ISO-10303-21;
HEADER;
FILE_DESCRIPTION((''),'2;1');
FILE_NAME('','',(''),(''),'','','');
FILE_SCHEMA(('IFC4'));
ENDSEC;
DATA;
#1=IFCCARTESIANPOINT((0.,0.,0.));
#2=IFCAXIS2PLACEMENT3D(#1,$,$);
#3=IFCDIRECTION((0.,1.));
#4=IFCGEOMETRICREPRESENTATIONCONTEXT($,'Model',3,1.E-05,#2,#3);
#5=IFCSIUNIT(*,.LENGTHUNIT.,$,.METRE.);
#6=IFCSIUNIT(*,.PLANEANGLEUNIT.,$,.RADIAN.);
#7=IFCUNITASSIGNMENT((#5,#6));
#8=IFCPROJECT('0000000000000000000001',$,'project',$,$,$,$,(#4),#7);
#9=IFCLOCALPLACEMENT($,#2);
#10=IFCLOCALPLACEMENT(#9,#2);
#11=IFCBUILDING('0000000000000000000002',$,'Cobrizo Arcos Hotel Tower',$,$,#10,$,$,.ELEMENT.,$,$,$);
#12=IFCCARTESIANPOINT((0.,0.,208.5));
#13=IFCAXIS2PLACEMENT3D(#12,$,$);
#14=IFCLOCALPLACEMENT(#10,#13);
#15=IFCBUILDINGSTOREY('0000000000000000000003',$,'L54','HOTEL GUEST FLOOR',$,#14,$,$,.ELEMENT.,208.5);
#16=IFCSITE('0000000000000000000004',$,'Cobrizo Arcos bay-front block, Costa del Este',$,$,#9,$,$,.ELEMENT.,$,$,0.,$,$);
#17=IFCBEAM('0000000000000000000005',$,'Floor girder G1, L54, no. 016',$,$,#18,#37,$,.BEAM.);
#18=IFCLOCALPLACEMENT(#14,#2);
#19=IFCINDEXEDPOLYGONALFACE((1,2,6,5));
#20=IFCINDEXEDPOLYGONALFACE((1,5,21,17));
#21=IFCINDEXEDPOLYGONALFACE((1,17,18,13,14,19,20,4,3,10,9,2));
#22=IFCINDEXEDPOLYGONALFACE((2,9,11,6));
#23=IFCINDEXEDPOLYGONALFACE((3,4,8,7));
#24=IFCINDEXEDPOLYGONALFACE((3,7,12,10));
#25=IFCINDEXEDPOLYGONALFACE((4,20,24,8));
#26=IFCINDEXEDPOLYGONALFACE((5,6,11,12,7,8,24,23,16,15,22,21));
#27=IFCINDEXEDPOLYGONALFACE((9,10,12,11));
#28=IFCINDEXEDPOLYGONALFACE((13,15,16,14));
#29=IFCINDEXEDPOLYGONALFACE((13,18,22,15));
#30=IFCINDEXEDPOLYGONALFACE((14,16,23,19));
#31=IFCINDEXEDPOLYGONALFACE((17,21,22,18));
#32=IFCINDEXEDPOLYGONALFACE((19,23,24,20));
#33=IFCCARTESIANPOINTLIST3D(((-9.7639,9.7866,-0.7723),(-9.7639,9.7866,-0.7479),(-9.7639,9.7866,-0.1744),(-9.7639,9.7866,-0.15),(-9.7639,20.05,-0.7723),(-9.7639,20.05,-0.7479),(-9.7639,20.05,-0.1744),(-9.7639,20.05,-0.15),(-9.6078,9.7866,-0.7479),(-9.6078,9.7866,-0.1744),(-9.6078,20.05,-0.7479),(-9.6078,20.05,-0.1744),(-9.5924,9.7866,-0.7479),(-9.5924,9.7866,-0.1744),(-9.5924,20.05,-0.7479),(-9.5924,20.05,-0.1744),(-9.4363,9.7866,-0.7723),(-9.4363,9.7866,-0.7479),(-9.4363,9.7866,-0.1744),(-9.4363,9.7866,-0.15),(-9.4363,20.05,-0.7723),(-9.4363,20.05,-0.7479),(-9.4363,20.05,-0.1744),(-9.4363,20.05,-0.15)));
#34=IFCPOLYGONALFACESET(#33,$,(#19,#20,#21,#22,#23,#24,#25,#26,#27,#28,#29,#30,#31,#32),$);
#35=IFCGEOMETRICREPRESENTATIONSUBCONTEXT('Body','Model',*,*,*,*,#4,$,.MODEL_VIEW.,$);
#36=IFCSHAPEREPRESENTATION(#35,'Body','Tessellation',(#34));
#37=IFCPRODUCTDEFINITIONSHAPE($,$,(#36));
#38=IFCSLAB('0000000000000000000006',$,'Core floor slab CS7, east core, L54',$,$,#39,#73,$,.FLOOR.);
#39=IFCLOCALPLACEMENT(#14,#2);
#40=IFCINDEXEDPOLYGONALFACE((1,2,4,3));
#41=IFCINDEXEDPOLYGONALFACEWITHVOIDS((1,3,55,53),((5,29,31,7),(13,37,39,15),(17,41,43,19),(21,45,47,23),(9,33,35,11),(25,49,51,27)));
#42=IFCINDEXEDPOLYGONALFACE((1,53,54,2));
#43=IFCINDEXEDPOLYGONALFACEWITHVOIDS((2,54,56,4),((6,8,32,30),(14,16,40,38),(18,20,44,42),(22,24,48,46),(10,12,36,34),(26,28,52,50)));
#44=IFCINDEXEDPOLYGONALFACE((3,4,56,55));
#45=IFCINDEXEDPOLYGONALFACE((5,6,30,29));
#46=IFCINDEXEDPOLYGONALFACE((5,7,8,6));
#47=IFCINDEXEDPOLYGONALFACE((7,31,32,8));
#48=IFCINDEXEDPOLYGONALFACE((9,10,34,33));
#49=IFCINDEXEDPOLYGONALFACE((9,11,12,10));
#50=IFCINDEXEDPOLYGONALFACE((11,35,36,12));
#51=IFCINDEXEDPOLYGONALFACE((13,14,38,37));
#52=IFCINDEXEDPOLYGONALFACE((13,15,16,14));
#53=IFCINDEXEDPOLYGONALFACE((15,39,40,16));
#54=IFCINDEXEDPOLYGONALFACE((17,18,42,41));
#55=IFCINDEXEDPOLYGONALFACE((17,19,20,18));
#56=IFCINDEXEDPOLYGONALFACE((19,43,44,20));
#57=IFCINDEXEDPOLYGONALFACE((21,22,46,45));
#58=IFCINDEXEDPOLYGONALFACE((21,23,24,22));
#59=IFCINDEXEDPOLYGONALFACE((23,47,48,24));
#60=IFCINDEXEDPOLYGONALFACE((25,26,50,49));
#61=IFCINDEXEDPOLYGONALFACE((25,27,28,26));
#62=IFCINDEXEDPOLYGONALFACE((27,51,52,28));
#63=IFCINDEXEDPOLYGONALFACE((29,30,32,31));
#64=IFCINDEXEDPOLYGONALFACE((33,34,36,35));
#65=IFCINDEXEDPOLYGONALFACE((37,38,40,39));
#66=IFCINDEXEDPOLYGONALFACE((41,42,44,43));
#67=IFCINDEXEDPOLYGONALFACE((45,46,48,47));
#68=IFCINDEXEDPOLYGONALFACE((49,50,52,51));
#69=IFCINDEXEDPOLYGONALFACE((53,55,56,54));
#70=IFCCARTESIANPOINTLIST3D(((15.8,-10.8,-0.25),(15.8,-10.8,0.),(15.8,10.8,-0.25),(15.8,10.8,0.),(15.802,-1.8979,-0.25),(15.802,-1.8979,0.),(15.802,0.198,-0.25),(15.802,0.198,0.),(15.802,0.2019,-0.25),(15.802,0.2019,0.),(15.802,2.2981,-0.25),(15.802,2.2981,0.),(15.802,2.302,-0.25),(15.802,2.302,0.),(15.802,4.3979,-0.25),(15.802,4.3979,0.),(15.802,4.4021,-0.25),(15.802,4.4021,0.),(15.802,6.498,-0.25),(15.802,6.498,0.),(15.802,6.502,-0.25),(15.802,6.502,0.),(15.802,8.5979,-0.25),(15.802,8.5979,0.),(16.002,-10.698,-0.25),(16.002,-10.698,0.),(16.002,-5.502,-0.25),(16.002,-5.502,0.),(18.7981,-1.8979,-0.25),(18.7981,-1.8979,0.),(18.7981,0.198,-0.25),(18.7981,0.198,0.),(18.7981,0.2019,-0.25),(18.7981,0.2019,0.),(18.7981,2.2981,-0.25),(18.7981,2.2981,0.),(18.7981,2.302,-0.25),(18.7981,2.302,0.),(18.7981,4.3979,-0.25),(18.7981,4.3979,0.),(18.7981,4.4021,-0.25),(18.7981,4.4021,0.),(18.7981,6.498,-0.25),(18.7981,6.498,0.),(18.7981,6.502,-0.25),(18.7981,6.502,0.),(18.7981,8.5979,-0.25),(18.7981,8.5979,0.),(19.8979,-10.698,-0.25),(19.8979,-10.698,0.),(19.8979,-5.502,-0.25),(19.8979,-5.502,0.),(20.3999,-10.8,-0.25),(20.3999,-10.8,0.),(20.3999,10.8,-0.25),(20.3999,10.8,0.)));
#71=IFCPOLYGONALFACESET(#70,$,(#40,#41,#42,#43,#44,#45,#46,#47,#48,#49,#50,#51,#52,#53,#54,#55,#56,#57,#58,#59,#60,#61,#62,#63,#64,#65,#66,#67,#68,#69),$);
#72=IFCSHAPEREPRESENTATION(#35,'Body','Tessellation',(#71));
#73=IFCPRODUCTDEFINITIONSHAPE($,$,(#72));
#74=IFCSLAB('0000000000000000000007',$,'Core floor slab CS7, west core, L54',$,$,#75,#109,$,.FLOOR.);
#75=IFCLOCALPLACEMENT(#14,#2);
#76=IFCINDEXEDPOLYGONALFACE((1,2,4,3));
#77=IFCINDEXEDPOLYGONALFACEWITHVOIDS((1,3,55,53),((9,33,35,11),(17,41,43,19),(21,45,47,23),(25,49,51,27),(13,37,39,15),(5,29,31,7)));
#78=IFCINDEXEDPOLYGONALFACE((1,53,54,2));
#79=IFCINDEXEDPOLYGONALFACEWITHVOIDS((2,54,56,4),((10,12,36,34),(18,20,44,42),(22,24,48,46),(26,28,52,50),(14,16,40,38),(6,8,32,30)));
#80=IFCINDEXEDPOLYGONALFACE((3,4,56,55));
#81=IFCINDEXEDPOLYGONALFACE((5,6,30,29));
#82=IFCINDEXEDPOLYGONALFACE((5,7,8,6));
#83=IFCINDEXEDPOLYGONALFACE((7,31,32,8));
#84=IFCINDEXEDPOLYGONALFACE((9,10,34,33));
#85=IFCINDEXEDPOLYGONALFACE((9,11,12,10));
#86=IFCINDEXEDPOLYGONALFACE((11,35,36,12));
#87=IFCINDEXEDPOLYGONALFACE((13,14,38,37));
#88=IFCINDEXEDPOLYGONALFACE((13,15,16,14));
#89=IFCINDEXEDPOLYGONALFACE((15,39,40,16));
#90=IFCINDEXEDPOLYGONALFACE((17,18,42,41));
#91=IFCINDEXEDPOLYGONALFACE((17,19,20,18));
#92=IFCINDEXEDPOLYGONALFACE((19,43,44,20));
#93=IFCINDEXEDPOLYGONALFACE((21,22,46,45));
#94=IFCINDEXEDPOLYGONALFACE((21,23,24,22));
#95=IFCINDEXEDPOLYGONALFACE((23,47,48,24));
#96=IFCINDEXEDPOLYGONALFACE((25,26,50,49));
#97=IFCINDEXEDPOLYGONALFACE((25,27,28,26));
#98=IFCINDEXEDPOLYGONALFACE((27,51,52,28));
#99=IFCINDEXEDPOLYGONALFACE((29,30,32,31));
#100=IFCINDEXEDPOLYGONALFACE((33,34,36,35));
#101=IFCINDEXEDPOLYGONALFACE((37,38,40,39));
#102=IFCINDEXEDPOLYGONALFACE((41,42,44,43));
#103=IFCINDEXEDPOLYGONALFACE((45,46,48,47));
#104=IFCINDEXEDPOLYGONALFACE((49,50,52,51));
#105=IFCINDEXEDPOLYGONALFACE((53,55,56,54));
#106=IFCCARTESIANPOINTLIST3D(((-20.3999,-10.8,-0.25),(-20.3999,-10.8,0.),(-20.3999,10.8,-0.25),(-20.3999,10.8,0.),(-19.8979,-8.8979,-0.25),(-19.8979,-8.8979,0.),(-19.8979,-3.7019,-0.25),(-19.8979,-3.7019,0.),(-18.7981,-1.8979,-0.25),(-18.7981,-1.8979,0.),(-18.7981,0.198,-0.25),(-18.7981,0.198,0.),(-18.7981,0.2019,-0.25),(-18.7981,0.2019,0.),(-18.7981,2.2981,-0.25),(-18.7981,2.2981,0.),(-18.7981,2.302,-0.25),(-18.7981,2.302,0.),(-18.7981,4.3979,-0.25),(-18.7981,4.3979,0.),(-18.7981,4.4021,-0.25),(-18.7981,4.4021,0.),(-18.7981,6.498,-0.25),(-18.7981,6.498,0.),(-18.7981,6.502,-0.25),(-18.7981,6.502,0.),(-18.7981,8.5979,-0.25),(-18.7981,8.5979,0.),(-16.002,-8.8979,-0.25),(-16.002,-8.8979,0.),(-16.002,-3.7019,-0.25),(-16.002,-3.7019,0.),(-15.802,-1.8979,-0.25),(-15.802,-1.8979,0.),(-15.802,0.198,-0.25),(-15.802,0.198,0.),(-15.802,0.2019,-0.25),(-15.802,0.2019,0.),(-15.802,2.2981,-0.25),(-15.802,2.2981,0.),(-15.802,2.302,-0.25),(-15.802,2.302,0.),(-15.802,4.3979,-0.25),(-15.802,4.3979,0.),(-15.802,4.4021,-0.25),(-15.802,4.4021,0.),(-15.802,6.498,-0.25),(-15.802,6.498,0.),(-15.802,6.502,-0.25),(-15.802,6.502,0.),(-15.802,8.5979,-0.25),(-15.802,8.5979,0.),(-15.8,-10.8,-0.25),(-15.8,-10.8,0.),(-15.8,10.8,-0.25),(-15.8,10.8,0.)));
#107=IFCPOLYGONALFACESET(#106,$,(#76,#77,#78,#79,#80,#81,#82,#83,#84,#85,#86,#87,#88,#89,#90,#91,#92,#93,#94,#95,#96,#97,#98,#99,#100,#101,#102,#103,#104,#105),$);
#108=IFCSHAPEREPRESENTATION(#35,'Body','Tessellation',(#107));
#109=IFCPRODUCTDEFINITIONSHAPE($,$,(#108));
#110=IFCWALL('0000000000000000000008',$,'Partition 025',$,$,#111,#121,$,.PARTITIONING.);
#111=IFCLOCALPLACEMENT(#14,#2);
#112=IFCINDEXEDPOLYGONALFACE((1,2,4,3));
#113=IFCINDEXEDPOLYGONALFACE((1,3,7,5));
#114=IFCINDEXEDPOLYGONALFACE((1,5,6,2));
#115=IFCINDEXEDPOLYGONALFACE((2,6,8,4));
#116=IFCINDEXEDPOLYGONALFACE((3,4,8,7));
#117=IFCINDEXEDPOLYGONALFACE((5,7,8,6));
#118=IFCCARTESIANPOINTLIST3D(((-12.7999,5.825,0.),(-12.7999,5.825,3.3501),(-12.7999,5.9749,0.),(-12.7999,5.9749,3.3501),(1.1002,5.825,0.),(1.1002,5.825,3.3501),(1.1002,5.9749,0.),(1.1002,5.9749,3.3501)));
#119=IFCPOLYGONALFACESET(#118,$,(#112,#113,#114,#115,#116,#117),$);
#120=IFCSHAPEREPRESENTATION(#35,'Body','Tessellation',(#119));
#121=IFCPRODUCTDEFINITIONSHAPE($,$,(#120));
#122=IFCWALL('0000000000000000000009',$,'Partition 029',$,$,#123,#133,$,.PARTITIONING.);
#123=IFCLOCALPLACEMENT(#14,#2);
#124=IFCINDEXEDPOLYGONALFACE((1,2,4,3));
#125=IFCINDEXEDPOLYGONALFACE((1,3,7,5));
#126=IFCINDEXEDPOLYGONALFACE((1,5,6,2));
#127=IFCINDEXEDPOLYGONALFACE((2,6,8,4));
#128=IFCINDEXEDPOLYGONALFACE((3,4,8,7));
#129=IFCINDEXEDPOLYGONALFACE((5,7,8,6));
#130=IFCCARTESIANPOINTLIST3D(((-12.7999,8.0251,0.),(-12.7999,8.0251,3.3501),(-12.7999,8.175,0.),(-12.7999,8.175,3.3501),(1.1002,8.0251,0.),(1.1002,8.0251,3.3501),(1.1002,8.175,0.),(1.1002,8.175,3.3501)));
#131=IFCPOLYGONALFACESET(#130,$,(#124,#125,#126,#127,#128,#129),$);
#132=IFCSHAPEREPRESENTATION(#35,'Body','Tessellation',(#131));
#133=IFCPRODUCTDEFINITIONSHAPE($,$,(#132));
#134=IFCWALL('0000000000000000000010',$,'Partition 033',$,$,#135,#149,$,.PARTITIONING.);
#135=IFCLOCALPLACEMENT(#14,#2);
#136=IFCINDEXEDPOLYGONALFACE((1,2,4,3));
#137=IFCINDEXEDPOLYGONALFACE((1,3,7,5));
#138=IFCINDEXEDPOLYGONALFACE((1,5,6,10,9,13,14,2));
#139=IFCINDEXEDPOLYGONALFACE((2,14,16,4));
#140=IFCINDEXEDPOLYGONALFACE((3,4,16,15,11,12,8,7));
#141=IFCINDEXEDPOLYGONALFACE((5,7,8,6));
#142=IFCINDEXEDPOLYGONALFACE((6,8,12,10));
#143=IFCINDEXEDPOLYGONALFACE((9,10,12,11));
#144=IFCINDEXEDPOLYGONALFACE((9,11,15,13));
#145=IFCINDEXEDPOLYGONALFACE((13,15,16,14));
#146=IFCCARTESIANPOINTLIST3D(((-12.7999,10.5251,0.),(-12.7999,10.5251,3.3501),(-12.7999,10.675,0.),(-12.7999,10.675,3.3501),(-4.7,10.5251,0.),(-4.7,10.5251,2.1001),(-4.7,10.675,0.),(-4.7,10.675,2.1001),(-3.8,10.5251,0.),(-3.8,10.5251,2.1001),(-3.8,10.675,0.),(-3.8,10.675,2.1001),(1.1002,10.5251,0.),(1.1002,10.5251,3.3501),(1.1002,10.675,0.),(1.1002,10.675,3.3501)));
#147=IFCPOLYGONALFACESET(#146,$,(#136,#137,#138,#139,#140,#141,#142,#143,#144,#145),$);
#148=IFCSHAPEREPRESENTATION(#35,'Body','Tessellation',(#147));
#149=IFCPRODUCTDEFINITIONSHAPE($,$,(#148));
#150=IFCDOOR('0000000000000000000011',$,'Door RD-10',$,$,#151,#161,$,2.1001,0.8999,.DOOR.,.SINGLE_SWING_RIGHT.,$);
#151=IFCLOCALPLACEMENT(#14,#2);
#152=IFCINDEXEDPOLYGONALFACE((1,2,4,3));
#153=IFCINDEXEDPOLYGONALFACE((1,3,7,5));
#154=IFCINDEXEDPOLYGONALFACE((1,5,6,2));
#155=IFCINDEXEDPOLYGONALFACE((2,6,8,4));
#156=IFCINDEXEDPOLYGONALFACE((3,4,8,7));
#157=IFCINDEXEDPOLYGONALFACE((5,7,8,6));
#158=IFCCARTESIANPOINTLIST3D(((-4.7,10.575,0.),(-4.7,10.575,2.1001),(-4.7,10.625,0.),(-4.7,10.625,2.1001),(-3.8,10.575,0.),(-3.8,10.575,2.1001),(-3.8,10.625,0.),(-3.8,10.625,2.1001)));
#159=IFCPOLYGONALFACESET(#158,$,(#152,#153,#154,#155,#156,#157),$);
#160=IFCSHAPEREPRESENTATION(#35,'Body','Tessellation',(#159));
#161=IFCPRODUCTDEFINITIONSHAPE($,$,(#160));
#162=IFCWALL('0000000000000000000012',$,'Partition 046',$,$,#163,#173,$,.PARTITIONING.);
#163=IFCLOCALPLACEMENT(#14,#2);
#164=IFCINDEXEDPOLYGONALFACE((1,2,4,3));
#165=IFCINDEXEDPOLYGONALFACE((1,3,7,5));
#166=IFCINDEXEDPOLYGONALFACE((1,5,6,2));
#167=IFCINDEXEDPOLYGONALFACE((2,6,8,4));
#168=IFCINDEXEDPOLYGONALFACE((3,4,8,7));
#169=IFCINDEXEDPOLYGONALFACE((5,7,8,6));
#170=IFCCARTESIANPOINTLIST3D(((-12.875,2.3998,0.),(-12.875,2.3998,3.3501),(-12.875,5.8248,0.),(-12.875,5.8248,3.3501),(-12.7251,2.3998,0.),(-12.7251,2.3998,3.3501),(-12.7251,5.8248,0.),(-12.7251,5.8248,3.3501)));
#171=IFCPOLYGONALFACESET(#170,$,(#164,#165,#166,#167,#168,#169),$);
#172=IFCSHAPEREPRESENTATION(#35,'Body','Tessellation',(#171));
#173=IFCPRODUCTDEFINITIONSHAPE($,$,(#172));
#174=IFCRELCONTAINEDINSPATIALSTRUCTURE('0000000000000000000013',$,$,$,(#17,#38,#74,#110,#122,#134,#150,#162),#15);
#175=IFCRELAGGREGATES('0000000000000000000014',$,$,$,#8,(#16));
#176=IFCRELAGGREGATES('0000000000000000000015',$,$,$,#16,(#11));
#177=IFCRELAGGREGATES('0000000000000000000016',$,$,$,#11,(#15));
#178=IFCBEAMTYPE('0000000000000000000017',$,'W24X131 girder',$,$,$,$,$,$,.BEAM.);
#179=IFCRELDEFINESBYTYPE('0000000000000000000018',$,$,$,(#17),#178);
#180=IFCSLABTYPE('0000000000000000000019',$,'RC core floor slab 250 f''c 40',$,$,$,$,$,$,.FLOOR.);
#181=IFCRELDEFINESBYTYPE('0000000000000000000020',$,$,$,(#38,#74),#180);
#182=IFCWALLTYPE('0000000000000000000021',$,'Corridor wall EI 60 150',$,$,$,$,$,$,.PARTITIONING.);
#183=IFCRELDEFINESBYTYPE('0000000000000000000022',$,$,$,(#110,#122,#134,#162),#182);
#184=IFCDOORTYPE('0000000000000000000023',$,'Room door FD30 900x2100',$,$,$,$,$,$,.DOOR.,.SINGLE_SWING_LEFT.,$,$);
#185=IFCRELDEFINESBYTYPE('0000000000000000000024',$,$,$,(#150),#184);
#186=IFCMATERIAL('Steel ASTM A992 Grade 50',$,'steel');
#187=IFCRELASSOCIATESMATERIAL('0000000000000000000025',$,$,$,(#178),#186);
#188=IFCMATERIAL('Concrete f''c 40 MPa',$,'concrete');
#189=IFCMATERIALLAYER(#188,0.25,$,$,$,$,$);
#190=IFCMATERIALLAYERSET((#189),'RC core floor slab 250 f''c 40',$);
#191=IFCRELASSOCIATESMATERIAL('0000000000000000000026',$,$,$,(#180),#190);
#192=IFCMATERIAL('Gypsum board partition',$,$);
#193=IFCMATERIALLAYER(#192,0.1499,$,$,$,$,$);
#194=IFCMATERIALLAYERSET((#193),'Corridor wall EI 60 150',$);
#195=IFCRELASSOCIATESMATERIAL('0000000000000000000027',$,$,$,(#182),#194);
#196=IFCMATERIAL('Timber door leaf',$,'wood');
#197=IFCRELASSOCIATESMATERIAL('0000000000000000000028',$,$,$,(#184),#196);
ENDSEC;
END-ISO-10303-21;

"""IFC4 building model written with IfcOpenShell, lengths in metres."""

from ifc_helpers import new_model, si_unit, direction, frame, frame_2d, origin, origin_2d, place, context, subcontext, project, spatial, polyline, rectangle, i_section, outline, extrude, material, layer, layer_set, material_profile, profile_set, type_object, element, fill, save


model = new_model("IFC4")

# Units and contexts
model_context = context("Model", 3, precision=1e-05, world=origin(), true_north=direction((0.0, 1.0)))
body_context = subcontext(model_context, "Body", "Model", "MODEL_VIEW")
ifc_project = project(units=[si_unit("LENGTHUNIT", "METRE"), si_unit("PLANEANGLEUNIT", "RADIAN")], contexts=[model_context])

# Site, building, storey
site_placement = place(None, origin())
site = spatial("IfcSite", under=ifc_project, at=site_placement, Name="Cobrizo Arcos bay-front block, Costa del Este", CompositionType="ELEMENT", RefElevation=0.0)
building_placement = place(site_placement, origin())
building = spatial("IfcBuilding", under=site, at=building_placement, Name="Cobrizo Arcos Hotel Tower", CompositionType="ELEMENT")
storey_placement = place(building_placement, frame((0.0, 0.0, 208.5)))
storey = spatial("IfcBuildingStorey", under=building, at=storey_placement, Name="L54", Description="HOTEL GUEST FLOOR", CompositionType="ELEMENT", Elevation=208.5)

# Shared definitions
ifc_material_1 = material(Name="Steel ASTM A992 Grade 50", Category="steel")

# Beam
ifc_material_profile_1 = material_profile(ifc_material_1, i_section(OverallWidth=0.3276, OverallDepth=0.6223, WebThickness=0.0154, FlangeThickness=0.0244, at=origin_2d()), Name="W24X131")
ifc_profile_set_1 = profile_set([ifc_material_profile_1], Name="Steel ASTM A992 Grade 50")
beam_type_1 = type_object("IfcBeamType", Name="W24X131 girder", PredefinedType="BEAM", material=ifc_profile_set_1)
beam_1_placement = place(storey_placement, frame((-9.6001, 9.7866, -0.4612), z_axis=(0.0, 1.0, 0.0), x_axis=(-1.0, 0.0, 0.0)))
element("IfcBeam", 1, at=beam_1_placement, inside=storey, type_object=beam_type_1, Name="Floor girder G1, L54, no. 016", PredefinedType="BEAM", context=body_context, shape_type="SweptSolid", body=[
    extrude(i_section(OverallWidth=0.3276, OverallDepth=0.6223, WebThickness=0.0154, FlangeThickness=0.0244, at=origin_2d()), origin(), (0.0, 0.0, 1.0), 10.2634),
])

# Slabs
ifc_material_2 = material(Name="Concrete f'c 40 MPa", Category="concrete")
ifc_layer_1 = layer(ifc_material_2, 0.25)
ifc_layer_set_1 = layer_set([ifc_layer_1], Name="RC core floor slab 250 f'c 40")
slab_type_1 = type_object("IfcSlabType", Name="RC core floor slab 250 f'c 40", PredefinedType="FLOOR", material=ifc_layer_set_1)
slab_1_placement = place(storey_placement, frame((0.0, 0.0, -0.25)))
element("IfcSlab", 2, at=slab_1_placement, inside=storey, type_object=slab_type_1, Name="Core floor slab CS7, east core, L54", PredefinedType="FLOOR", context=body_context, shape_type="SweptSolid", body=[
    extrude(outline(polyline([(15.8, 10.8), (20.3999, 10.8), (20.3999, -10.8), (15.8, -10.8), (15.8, 10.8)]), holes=[polyline([(19.8979, -10.698), (19.8979, -5.502), (16.002, -5.502), (16.002, -10.698), (19.8979, -10.698)]), polyline([(15.802, 0.198), (15.802, -1.8979), (18.7981, -1.8979), (18.7981, 0.198), (15.802, 0.198)]), polyline([(15.802, 2.2981), (15.802, 0.2019), (18.7981, 0.2019), (18.7981, 2.2981), (15.802, 2.2981)]), polyline([(15.802, 4.3979), (15.802, 2.302), (18.7981, 2.302), (18.7981, 4.3979), (15.802, 4.3979)]), polyline([(18.7981, 6.498), (15.802, 6.498), (15.802, 4.4021), (18.7981, 4.4021), (18.7981, 6.498)]), polyline([(18.7981, 8.5979), (15.802, 8.5979), (15.802, 6.502), (18.7981, 6.502), (18.7981, 8.5979)])]), origin(), (0.0, 0.0, 1.0), 0.25),
])
slab_2_placement = place(storey_placement, frame((0.0, 0.0, -0.25)))
element("IfcSlab", 3, at=slab_2_placement, inside=storey, type_object=slab_type_1, Name="Core floor slab CS7, west core, L54", PredefinedType="FLOOR", context=body_context, shape_type="SweptSolid", body=[
    extrude(outline(polyline([(-20.3999, 10.8), (-15.8, 10.8), (-15.8, -10.8), (-20.3999, -10.8), (-20.3999, 10.8)]), holes=[polyline([(-19.8979, -3.7019), (-19.8979, -8.8979), (-16.002, -8.8979), (-16.002, -3.7019), (-19.8979, -3.7019)]), polyline([(-18.7981, 0.198), (-18.7981, -1.8979), (-15.802, -1.8979), (-15.802, 0.198), (-18.7981, 0.198)]), polyline([(-18.7981, 2.2981), (-18.7981, 0.2019), (-15.802, 0.2019), (-15.802, 2.2981), (-18.7981, 2.2981)]), polyline([(-18.7981, 4.3979), (-18.7981, 2.302), (-15.802, 2.302), (-15.802, 4.3979), (-18.7981, 4.3979)]), polyline([(-15.802, 6.498), (-18.7981, 6.498), (-18.7981, 4.4021), (-15.802, 4.4021), (-15.802, 6.498)]), polyline([(-15.802, 8.5979), (-18.7981, 8.5979), (-18.7981, 6.502), (-15.802, 6.502), (-15.802, 8.5979)])]), origin(), (0.0, 0.0, 1.0), 0.25),
])

# Walls
ifc_material_3 = material(Name="Gypsum board partition")
ifc_layer_2 = layer(ifc_material_3, 0.1499)
ifc_layer_set_2 = layer_set([ifc_layer_2], Name="Corridor wall EI 60 150")
wall_type_1 = type_object("IfcWallType", Name="Corridor wall EI 60 150", PredefinedType="PARTITIONING", material=ifc_layer_set_2)
for number, where, z_axis, x_axis, name in (
    (4, (-12.8, 5.8999, 0.0), (0.0, 0.0, 1.0), (1.0, 0.0, 0.0), "Partition 025"),
    (5, (-12.8, 8.1001, 0.0), (0.0, 0.0, 1.0), (1.0, 0.0, 0.0), "Partition 029"),
):
    element("IfcWall", number, at=place(storey_placement, frame(where, z_axis=z_axis, x_axis=x_axis)), inside=storey, type_object=wall_type_1, Name=name, PredefinedType="PARTITIONING", context=body_context, shape_type="SweptSolid", body=[
        extrude(rectangle(XDim=13.9001, YDim=0.1499, at=frame_2d((6.9502, 0.0))), origin(), (0.0, 0.0, 1.0), 3.3501),
    ])

# Wall, opening, door
wall_1_placement = place(storey_placement, frame((-12.8, 10.6001, 0.0), z_axis=(0.0, 0.0, 1.0), x_axis=(1.0, 0.0, 0.0)))
wall_1 = element("IfcWall", 6, at=wall_1_placement, inside=storey, type_object=wall_type_1, Name="Partition 033", PredefinedType="PARTITIONING", context=body_context, shape_type="SweptSolid", body=[
    extrude(rectangle(XDim=13.9001, YDim=0.1499, at=frame_2d((6.9502, 0.0))), origin(), (0.0, 0.0, 1.0), 3.3501),
])
opening_placement = place(wall_1_placement, frame((8.1001, 0.0, 0.0)))
opening = element("IfcOpeningElement", 7, at=opening_placement, cuts=wall_1, PredefinedType="OPENING", context=body_context, shape_type="SweptSolid", body=[
    extrude(rectangle(XDim=0.8999, YDim=2.1001, at=frame_2d((0.45, 1.05))), frame((0.0, 0.0869, 0.0), z_axis=(0.0, -1.0, 0.0), x_axis=(1.0, 0.0, 0.0)), (0.0, 0.0, 1.0), 0.1738),
])
ifc_material_4 = material(Name="Timber door leaf", Category="wood")
door_type = type_object("IfcDoorType", Name="Room door FD30 900x2100", OperationType="SINGLE_SWING_LEFT", PredefinedType="DOOR", material=ifc_material_4)
door_placement = place(opening_placement, origin())
door = element("IfcDoor", 8, at=door_placement, inside=storey, type_object=door_type, Name="Door RD-10", OperationType="SINGLE_SWING_RIGHT", OverallHeight=2.1001, OverallWidth=0.8999, PredefinedType="DOOR", context=body_context, shape_type="SweptSolid", body=[
    extrude(rectangle(XDim=0.8999, YDim=2.1001, at=frame_2d((0.45, 1.05))), frame((0.0, 0.0249, 0.0), z_axis=(0.0, -1.0, 0.0), x_axis=(1.0, 0.0, 0.0)), (0.0, 0.0, 1.0), 0.05),
])
fill(opening, door)

# Wall
wall_2_placement = place(storey_placement, frame((-12.8, 2.3999, 0.0), z_axis=(0.0, 0.0, 1.0), x_axis=(0.0, 1.0, 0.0)))
element("IfcWall", 9, at=wall_2_placement, inside=storey, type_object=wall_type_1, Name="Partition 046", PredefinedType="PARTITIONING", context=body_context, shape_type="SweptSolid", body=[
    extrude(rectangle(XDim=3.425, YDim=0.1499, at=frame_2d((1.7124, 0.0))), origin(), (0.0, 0.0, 1.0), 3.3501),
])

save(model, "model.ifc")
